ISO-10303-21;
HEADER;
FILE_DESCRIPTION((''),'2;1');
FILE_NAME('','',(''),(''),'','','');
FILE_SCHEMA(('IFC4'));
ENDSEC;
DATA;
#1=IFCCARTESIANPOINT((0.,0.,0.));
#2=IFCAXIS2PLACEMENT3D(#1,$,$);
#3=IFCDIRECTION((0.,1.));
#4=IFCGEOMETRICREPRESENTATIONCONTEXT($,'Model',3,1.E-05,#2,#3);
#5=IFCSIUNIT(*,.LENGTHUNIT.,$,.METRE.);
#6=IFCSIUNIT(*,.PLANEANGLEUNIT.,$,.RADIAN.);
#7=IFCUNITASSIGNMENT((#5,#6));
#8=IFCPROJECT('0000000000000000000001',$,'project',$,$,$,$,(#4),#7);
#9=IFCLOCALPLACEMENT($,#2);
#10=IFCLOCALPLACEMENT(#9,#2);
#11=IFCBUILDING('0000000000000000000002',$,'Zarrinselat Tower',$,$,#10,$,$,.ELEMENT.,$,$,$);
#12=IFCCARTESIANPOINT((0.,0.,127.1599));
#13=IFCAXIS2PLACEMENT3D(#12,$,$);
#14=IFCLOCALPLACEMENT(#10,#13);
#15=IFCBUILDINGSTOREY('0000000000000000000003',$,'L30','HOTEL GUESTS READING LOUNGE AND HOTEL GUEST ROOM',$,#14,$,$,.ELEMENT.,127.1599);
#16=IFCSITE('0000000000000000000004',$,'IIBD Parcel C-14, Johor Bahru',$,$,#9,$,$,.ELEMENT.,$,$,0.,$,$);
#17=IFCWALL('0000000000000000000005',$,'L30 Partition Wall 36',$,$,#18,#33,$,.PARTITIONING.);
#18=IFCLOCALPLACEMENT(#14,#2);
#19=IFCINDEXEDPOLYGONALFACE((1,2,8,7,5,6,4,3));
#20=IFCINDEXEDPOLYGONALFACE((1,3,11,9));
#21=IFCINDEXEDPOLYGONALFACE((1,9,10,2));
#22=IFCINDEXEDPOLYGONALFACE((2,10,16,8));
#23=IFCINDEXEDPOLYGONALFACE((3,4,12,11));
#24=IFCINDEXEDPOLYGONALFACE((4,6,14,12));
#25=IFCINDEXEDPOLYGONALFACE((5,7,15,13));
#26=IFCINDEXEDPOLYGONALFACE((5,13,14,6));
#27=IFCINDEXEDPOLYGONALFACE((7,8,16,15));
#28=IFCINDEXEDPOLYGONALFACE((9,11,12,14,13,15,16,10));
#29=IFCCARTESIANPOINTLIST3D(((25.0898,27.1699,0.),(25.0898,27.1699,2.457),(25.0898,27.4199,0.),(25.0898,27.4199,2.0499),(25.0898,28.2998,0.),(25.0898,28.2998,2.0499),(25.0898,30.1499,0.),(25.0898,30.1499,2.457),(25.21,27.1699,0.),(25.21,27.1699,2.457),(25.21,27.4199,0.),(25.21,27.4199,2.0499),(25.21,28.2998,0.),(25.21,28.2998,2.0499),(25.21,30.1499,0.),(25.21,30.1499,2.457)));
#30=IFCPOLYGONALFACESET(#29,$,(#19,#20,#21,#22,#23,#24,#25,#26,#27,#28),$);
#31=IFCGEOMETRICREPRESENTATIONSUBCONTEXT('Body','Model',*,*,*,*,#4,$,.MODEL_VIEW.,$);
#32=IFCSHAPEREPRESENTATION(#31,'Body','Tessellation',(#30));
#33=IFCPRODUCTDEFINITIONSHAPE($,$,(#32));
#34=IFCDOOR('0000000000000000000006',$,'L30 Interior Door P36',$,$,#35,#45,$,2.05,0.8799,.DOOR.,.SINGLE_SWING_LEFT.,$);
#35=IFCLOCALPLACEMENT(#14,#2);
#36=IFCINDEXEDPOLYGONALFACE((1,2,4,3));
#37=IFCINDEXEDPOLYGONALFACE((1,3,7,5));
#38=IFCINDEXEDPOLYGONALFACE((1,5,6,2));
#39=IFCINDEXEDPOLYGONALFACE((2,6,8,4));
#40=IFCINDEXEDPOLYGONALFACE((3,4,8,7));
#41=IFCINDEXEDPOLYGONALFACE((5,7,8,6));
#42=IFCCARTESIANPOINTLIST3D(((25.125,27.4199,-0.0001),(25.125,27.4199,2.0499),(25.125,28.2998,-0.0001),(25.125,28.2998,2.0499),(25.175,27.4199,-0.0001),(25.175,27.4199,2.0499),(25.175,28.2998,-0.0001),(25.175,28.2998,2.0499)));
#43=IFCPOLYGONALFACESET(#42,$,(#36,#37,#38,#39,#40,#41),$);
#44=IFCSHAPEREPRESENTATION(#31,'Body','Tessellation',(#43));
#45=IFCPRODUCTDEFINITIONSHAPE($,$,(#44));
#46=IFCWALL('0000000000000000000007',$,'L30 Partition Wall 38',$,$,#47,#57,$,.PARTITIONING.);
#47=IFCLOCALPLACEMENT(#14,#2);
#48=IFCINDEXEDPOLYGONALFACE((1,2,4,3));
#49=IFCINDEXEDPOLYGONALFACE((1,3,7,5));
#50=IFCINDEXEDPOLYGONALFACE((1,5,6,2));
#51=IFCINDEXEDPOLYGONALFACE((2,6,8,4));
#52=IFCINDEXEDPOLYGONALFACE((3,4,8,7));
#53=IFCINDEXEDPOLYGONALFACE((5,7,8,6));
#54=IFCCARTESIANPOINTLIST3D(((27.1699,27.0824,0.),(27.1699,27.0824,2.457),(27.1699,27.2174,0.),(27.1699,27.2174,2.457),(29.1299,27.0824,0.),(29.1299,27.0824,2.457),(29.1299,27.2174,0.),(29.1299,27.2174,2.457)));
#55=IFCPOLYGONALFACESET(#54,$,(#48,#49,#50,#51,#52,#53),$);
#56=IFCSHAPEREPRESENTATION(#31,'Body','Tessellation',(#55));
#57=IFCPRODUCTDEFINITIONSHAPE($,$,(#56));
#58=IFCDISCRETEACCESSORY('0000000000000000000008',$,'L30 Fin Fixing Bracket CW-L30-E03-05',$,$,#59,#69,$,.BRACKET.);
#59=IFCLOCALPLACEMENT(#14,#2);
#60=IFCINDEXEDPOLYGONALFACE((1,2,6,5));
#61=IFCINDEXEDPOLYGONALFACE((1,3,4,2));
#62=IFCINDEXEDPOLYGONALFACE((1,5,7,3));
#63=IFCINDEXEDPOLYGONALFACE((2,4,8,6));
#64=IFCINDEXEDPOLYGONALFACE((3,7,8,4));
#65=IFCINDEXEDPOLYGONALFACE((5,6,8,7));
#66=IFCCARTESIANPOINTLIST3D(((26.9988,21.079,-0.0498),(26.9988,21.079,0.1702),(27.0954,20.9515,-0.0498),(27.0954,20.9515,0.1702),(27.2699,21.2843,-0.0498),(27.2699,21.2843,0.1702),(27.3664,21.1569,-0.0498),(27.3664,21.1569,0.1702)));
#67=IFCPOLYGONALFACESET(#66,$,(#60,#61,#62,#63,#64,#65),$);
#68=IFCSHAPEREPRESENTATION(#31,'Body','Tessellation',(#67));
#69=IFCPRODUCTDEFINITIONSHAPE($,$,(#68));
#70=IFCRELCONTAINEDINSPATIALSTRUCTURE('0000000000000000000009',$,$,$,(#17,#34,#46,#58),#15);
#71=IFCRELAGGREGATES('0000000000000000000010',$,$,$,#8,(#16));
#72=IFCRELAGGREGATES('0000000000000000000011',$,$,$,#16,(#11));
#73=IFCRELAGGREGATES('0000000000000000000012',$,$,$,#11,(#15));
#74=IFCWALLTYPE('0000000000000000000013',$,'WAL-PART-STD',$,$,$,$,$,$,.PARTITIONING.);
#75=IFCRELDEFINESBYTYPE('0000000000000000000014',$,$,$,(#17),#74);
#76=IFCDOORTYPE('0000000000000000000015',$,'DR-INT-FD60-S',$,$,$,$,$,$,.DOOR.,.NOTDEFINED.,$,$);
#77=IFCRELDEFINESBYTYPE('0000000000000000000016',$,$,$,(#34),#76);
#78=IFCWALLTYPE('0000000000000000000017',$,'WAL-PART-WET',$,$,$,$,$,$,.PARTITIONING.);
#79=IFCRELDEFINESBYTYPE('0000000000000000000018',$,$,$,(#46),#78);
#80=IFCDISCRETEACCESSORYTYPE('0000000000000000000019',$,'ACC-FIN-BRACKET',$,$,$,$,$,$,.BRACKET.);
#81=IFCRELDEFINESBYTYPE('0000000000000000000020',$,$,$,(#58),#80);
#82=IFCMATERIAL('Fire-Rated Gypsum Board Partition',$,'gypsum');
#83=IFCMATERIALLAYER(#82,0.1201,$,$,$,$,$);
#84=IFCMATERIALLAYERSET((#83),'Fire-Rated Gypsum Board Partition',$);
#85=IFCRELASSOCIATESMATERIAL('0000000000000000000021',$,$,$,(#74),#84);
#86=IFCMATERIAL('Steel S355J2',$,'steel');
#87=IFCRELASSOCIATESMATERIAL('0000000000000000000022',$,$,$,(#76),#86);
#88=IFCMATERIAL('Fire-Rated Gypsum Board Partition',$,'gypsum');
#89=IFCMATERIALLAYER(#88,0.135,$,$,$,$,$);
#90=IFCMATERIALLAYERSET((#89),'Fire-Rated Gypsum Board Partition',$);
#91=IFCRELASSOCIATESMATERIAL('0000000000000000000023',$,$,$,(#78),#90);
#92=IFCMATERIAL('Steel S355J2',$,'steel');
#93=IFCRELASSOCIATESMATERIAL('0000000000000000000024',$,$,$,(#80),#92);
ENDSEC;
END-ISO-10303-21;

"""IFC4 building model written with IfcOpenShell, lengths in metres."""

from ifc_helpers import new_model, si_unit, direction, frame, frame_2d, origin, origin_2d, place, context, subcontext, project, spatial, rectangle, extrude, material, layer, layer_set, type_object, element, fill, save


model = new_model("IFC4")

# Units and contexts
model_context = context("Model", 3, precision=1e-05, world=origin(), true_north=direction((0.0, 1.0)))
body_context = subcontext(model_context, "Body", "Model", "MODEL_VIEW")
ifc_project = project(units=[si_unit("LENGTHUNIT", "METRE"), si_unit("PLANEANGLEUNIT", "RADIAN")], contexts=[model_context])

# Site, building, storey
site_placement = place(None, origin())
site = spatial("IfcSite", under=ifc_project, at=site_placement, Name="IIBD Parcel C-14, Johor Bahru", CompositionType="ELEMENT", RefElevation=0.0)
building_placement = place(site_placement, origin())
building = spatial("IfcBuilding", under=site, at=building_placement, Name="Zarrinselat Tower", CompositionType="ELEMENT")
storey_placement = place(building_placement, frame((0.0, 0.0, 127.1599)))
storey = spatial("IfcBuildingStorey", under=building, at=storey_placement, Name="L30", Description="HOTEL GUESTS READING LOUNGE AND HOTEL GUEST ROOM", CompositionType="ELEMENT", Elevation=127.1599)

# Shared definitions
ifc_material_1 = material(Name="Fire-Rated Gypsum Board Partition", Category="gypsum")
ifc_layer_1 = layer(ifc_material_1, 0.1201)
ifc_layer_set_1 = layer_set([ifc_layer_1], Name="Fire-Rated Gypsum Board Partition")
wall_type_1 = type_object("IfcWallType", Name="WAL-PART-STD", PredefinedType="PARTITIONING", material=ifc_layer_set_1)

# Wall, opening, door
wall_1_placement = place(storey_placement, frame((25.1499, 27.1699, 0.0), z_axis=(0.0, 0.0, 1.0), x_axis=(0.0, 1.0, 0.0)))
wall_1 = element("IfcWall", 1, at=wall_1_placement, inside=storey, type_object=wall_type_1, Name="L30 Partition Wall 36", PredefinedType="PARTITIONING", context=body_context, shape_type="SweptSolid", body=[
    extrude(rectangle(XDim=2.98, YDim=0.1201, at=frame_2d((1.49, 0.0))), origin(), (0.0, 0.0, 1.0), 2.457),
])
opening_placement = place(wall_1_placement, frame((0.25, 0.0, 0.0)))
opening = element("IfcOpeningElement", 2, at=opening_placement, cuts=wall_1, PredefinedType="OPENING", context=body_context, shape_type="SweptSolid", body=[
    extrude(rectangle(XDim=0.8799, YDim=2.05, at=frame_2d((0.4399, 1.0249))), frame((0.0, 0.0701, 0.0), z_axis=(0.0, -1.0, 0.0), x_axis=(1.0, 0.0, 0.0)), (0.0, 0.0, 1.0), 0.1401),
])
ifc_material_2 = material(Name="Steel S355J2", Category="steel")
door_type = type_object("IfcDoorType", Name="DR-INT-FD60-S", OperationType="NOTDEFINED", PredefinedType="DOOR", material=ifc_material_2)
door_placement = place(opening_placement, origin())
door = element("IfcDoor", 3, at=door_placement, inside=storey, type_object=door_type, Name="L30 Interior Door P36", OperationType="SINGLE_SWING_LEFT", OverallHeight=2.05, OverallWidth=0.8799, PredefinedType="DOOR", context=body_context, shape_type="SweptSolid", body=[
    extrude(rectangle(XDim=0.8799, YDim=2.05, at=frame_2d((0.4399, 1.0249))), frame((0.0, 0.0249, 0.0), z_axis=(0.0, -1.0, 0.0), x_axis=(1.0, 0.0, 0.0)), (0.0, 0.0, 1.0), 0.05),
])
fill(opening, door)

# Wall
ifc_material_3 = material(Name="Fire-Rated Gypsum Board Partition", Category="gypsum")
ifc_layer_2 = layer(ifc_material_3, 0.135)
ifc_layer_set_2 = layer_set([ifc_layer_2], Name="Fire-Rated Gypsum Board Partition")
wall_type_2 = type_object("IfcWallType", Name="WAL-PART-WET", PredefinedType="PARTITIONING", material=ifc_layer_set_2)
wall_2_placement = place(storey_placement, frame((27.1699, 27.1499, 0.0), z_axis=(0.0, 0.0, 1.0), x_axis=(1.0, 0.0, 0.0)))
element("IfcWall", 4, at=wall_2_placement, inside=storey, type_object=wall_type_2, Name="L30 Partition Wall 38", PredefinedType="PARTITIONING", context=body_context, shape_type="SweptSolid", body=[
    extrude(rectangle(XDim=1.96, YDim=0.135, at=frame_2d((0.98, 0.0))), origin(), (0.0, 0.0, 1.0), 2.457),
])

# Discrete accessory
ifc_material_4 = material(Name="Steel S355J2", Category="steel")
discrete_accessory_type = type_object("IfcDiscreteAccessoryType", Name="ACC-FIN-BRACKET", PredefinedType="BRACKET", material=ifc_material_4)
discrete_accessory_placement = place(storey_placement, frame((27.1826, 21.1179, -0.0498), z_axis=(0.0, 0.0, 1.0), x_axis=(-0.797092, -0.603858, 0.0)))
element("IfcDiscreteAccessory", 5, at=discrete_accessory_placement, inside=storey, type_object=discrete_accessory_type, Name="L30 Fin Fixing Bracket CW-L30-E03-05", PredefinedType="BRACKET", context=body_context, shape_type="SweptSolid", body=[
    extrude(rectangle(XDim=0.3401, YDim=0.1599, at=origin_2d()), origin(), (0.0, 0.0, 1.0), 0.22),
])

save(model, "model.ifc")
